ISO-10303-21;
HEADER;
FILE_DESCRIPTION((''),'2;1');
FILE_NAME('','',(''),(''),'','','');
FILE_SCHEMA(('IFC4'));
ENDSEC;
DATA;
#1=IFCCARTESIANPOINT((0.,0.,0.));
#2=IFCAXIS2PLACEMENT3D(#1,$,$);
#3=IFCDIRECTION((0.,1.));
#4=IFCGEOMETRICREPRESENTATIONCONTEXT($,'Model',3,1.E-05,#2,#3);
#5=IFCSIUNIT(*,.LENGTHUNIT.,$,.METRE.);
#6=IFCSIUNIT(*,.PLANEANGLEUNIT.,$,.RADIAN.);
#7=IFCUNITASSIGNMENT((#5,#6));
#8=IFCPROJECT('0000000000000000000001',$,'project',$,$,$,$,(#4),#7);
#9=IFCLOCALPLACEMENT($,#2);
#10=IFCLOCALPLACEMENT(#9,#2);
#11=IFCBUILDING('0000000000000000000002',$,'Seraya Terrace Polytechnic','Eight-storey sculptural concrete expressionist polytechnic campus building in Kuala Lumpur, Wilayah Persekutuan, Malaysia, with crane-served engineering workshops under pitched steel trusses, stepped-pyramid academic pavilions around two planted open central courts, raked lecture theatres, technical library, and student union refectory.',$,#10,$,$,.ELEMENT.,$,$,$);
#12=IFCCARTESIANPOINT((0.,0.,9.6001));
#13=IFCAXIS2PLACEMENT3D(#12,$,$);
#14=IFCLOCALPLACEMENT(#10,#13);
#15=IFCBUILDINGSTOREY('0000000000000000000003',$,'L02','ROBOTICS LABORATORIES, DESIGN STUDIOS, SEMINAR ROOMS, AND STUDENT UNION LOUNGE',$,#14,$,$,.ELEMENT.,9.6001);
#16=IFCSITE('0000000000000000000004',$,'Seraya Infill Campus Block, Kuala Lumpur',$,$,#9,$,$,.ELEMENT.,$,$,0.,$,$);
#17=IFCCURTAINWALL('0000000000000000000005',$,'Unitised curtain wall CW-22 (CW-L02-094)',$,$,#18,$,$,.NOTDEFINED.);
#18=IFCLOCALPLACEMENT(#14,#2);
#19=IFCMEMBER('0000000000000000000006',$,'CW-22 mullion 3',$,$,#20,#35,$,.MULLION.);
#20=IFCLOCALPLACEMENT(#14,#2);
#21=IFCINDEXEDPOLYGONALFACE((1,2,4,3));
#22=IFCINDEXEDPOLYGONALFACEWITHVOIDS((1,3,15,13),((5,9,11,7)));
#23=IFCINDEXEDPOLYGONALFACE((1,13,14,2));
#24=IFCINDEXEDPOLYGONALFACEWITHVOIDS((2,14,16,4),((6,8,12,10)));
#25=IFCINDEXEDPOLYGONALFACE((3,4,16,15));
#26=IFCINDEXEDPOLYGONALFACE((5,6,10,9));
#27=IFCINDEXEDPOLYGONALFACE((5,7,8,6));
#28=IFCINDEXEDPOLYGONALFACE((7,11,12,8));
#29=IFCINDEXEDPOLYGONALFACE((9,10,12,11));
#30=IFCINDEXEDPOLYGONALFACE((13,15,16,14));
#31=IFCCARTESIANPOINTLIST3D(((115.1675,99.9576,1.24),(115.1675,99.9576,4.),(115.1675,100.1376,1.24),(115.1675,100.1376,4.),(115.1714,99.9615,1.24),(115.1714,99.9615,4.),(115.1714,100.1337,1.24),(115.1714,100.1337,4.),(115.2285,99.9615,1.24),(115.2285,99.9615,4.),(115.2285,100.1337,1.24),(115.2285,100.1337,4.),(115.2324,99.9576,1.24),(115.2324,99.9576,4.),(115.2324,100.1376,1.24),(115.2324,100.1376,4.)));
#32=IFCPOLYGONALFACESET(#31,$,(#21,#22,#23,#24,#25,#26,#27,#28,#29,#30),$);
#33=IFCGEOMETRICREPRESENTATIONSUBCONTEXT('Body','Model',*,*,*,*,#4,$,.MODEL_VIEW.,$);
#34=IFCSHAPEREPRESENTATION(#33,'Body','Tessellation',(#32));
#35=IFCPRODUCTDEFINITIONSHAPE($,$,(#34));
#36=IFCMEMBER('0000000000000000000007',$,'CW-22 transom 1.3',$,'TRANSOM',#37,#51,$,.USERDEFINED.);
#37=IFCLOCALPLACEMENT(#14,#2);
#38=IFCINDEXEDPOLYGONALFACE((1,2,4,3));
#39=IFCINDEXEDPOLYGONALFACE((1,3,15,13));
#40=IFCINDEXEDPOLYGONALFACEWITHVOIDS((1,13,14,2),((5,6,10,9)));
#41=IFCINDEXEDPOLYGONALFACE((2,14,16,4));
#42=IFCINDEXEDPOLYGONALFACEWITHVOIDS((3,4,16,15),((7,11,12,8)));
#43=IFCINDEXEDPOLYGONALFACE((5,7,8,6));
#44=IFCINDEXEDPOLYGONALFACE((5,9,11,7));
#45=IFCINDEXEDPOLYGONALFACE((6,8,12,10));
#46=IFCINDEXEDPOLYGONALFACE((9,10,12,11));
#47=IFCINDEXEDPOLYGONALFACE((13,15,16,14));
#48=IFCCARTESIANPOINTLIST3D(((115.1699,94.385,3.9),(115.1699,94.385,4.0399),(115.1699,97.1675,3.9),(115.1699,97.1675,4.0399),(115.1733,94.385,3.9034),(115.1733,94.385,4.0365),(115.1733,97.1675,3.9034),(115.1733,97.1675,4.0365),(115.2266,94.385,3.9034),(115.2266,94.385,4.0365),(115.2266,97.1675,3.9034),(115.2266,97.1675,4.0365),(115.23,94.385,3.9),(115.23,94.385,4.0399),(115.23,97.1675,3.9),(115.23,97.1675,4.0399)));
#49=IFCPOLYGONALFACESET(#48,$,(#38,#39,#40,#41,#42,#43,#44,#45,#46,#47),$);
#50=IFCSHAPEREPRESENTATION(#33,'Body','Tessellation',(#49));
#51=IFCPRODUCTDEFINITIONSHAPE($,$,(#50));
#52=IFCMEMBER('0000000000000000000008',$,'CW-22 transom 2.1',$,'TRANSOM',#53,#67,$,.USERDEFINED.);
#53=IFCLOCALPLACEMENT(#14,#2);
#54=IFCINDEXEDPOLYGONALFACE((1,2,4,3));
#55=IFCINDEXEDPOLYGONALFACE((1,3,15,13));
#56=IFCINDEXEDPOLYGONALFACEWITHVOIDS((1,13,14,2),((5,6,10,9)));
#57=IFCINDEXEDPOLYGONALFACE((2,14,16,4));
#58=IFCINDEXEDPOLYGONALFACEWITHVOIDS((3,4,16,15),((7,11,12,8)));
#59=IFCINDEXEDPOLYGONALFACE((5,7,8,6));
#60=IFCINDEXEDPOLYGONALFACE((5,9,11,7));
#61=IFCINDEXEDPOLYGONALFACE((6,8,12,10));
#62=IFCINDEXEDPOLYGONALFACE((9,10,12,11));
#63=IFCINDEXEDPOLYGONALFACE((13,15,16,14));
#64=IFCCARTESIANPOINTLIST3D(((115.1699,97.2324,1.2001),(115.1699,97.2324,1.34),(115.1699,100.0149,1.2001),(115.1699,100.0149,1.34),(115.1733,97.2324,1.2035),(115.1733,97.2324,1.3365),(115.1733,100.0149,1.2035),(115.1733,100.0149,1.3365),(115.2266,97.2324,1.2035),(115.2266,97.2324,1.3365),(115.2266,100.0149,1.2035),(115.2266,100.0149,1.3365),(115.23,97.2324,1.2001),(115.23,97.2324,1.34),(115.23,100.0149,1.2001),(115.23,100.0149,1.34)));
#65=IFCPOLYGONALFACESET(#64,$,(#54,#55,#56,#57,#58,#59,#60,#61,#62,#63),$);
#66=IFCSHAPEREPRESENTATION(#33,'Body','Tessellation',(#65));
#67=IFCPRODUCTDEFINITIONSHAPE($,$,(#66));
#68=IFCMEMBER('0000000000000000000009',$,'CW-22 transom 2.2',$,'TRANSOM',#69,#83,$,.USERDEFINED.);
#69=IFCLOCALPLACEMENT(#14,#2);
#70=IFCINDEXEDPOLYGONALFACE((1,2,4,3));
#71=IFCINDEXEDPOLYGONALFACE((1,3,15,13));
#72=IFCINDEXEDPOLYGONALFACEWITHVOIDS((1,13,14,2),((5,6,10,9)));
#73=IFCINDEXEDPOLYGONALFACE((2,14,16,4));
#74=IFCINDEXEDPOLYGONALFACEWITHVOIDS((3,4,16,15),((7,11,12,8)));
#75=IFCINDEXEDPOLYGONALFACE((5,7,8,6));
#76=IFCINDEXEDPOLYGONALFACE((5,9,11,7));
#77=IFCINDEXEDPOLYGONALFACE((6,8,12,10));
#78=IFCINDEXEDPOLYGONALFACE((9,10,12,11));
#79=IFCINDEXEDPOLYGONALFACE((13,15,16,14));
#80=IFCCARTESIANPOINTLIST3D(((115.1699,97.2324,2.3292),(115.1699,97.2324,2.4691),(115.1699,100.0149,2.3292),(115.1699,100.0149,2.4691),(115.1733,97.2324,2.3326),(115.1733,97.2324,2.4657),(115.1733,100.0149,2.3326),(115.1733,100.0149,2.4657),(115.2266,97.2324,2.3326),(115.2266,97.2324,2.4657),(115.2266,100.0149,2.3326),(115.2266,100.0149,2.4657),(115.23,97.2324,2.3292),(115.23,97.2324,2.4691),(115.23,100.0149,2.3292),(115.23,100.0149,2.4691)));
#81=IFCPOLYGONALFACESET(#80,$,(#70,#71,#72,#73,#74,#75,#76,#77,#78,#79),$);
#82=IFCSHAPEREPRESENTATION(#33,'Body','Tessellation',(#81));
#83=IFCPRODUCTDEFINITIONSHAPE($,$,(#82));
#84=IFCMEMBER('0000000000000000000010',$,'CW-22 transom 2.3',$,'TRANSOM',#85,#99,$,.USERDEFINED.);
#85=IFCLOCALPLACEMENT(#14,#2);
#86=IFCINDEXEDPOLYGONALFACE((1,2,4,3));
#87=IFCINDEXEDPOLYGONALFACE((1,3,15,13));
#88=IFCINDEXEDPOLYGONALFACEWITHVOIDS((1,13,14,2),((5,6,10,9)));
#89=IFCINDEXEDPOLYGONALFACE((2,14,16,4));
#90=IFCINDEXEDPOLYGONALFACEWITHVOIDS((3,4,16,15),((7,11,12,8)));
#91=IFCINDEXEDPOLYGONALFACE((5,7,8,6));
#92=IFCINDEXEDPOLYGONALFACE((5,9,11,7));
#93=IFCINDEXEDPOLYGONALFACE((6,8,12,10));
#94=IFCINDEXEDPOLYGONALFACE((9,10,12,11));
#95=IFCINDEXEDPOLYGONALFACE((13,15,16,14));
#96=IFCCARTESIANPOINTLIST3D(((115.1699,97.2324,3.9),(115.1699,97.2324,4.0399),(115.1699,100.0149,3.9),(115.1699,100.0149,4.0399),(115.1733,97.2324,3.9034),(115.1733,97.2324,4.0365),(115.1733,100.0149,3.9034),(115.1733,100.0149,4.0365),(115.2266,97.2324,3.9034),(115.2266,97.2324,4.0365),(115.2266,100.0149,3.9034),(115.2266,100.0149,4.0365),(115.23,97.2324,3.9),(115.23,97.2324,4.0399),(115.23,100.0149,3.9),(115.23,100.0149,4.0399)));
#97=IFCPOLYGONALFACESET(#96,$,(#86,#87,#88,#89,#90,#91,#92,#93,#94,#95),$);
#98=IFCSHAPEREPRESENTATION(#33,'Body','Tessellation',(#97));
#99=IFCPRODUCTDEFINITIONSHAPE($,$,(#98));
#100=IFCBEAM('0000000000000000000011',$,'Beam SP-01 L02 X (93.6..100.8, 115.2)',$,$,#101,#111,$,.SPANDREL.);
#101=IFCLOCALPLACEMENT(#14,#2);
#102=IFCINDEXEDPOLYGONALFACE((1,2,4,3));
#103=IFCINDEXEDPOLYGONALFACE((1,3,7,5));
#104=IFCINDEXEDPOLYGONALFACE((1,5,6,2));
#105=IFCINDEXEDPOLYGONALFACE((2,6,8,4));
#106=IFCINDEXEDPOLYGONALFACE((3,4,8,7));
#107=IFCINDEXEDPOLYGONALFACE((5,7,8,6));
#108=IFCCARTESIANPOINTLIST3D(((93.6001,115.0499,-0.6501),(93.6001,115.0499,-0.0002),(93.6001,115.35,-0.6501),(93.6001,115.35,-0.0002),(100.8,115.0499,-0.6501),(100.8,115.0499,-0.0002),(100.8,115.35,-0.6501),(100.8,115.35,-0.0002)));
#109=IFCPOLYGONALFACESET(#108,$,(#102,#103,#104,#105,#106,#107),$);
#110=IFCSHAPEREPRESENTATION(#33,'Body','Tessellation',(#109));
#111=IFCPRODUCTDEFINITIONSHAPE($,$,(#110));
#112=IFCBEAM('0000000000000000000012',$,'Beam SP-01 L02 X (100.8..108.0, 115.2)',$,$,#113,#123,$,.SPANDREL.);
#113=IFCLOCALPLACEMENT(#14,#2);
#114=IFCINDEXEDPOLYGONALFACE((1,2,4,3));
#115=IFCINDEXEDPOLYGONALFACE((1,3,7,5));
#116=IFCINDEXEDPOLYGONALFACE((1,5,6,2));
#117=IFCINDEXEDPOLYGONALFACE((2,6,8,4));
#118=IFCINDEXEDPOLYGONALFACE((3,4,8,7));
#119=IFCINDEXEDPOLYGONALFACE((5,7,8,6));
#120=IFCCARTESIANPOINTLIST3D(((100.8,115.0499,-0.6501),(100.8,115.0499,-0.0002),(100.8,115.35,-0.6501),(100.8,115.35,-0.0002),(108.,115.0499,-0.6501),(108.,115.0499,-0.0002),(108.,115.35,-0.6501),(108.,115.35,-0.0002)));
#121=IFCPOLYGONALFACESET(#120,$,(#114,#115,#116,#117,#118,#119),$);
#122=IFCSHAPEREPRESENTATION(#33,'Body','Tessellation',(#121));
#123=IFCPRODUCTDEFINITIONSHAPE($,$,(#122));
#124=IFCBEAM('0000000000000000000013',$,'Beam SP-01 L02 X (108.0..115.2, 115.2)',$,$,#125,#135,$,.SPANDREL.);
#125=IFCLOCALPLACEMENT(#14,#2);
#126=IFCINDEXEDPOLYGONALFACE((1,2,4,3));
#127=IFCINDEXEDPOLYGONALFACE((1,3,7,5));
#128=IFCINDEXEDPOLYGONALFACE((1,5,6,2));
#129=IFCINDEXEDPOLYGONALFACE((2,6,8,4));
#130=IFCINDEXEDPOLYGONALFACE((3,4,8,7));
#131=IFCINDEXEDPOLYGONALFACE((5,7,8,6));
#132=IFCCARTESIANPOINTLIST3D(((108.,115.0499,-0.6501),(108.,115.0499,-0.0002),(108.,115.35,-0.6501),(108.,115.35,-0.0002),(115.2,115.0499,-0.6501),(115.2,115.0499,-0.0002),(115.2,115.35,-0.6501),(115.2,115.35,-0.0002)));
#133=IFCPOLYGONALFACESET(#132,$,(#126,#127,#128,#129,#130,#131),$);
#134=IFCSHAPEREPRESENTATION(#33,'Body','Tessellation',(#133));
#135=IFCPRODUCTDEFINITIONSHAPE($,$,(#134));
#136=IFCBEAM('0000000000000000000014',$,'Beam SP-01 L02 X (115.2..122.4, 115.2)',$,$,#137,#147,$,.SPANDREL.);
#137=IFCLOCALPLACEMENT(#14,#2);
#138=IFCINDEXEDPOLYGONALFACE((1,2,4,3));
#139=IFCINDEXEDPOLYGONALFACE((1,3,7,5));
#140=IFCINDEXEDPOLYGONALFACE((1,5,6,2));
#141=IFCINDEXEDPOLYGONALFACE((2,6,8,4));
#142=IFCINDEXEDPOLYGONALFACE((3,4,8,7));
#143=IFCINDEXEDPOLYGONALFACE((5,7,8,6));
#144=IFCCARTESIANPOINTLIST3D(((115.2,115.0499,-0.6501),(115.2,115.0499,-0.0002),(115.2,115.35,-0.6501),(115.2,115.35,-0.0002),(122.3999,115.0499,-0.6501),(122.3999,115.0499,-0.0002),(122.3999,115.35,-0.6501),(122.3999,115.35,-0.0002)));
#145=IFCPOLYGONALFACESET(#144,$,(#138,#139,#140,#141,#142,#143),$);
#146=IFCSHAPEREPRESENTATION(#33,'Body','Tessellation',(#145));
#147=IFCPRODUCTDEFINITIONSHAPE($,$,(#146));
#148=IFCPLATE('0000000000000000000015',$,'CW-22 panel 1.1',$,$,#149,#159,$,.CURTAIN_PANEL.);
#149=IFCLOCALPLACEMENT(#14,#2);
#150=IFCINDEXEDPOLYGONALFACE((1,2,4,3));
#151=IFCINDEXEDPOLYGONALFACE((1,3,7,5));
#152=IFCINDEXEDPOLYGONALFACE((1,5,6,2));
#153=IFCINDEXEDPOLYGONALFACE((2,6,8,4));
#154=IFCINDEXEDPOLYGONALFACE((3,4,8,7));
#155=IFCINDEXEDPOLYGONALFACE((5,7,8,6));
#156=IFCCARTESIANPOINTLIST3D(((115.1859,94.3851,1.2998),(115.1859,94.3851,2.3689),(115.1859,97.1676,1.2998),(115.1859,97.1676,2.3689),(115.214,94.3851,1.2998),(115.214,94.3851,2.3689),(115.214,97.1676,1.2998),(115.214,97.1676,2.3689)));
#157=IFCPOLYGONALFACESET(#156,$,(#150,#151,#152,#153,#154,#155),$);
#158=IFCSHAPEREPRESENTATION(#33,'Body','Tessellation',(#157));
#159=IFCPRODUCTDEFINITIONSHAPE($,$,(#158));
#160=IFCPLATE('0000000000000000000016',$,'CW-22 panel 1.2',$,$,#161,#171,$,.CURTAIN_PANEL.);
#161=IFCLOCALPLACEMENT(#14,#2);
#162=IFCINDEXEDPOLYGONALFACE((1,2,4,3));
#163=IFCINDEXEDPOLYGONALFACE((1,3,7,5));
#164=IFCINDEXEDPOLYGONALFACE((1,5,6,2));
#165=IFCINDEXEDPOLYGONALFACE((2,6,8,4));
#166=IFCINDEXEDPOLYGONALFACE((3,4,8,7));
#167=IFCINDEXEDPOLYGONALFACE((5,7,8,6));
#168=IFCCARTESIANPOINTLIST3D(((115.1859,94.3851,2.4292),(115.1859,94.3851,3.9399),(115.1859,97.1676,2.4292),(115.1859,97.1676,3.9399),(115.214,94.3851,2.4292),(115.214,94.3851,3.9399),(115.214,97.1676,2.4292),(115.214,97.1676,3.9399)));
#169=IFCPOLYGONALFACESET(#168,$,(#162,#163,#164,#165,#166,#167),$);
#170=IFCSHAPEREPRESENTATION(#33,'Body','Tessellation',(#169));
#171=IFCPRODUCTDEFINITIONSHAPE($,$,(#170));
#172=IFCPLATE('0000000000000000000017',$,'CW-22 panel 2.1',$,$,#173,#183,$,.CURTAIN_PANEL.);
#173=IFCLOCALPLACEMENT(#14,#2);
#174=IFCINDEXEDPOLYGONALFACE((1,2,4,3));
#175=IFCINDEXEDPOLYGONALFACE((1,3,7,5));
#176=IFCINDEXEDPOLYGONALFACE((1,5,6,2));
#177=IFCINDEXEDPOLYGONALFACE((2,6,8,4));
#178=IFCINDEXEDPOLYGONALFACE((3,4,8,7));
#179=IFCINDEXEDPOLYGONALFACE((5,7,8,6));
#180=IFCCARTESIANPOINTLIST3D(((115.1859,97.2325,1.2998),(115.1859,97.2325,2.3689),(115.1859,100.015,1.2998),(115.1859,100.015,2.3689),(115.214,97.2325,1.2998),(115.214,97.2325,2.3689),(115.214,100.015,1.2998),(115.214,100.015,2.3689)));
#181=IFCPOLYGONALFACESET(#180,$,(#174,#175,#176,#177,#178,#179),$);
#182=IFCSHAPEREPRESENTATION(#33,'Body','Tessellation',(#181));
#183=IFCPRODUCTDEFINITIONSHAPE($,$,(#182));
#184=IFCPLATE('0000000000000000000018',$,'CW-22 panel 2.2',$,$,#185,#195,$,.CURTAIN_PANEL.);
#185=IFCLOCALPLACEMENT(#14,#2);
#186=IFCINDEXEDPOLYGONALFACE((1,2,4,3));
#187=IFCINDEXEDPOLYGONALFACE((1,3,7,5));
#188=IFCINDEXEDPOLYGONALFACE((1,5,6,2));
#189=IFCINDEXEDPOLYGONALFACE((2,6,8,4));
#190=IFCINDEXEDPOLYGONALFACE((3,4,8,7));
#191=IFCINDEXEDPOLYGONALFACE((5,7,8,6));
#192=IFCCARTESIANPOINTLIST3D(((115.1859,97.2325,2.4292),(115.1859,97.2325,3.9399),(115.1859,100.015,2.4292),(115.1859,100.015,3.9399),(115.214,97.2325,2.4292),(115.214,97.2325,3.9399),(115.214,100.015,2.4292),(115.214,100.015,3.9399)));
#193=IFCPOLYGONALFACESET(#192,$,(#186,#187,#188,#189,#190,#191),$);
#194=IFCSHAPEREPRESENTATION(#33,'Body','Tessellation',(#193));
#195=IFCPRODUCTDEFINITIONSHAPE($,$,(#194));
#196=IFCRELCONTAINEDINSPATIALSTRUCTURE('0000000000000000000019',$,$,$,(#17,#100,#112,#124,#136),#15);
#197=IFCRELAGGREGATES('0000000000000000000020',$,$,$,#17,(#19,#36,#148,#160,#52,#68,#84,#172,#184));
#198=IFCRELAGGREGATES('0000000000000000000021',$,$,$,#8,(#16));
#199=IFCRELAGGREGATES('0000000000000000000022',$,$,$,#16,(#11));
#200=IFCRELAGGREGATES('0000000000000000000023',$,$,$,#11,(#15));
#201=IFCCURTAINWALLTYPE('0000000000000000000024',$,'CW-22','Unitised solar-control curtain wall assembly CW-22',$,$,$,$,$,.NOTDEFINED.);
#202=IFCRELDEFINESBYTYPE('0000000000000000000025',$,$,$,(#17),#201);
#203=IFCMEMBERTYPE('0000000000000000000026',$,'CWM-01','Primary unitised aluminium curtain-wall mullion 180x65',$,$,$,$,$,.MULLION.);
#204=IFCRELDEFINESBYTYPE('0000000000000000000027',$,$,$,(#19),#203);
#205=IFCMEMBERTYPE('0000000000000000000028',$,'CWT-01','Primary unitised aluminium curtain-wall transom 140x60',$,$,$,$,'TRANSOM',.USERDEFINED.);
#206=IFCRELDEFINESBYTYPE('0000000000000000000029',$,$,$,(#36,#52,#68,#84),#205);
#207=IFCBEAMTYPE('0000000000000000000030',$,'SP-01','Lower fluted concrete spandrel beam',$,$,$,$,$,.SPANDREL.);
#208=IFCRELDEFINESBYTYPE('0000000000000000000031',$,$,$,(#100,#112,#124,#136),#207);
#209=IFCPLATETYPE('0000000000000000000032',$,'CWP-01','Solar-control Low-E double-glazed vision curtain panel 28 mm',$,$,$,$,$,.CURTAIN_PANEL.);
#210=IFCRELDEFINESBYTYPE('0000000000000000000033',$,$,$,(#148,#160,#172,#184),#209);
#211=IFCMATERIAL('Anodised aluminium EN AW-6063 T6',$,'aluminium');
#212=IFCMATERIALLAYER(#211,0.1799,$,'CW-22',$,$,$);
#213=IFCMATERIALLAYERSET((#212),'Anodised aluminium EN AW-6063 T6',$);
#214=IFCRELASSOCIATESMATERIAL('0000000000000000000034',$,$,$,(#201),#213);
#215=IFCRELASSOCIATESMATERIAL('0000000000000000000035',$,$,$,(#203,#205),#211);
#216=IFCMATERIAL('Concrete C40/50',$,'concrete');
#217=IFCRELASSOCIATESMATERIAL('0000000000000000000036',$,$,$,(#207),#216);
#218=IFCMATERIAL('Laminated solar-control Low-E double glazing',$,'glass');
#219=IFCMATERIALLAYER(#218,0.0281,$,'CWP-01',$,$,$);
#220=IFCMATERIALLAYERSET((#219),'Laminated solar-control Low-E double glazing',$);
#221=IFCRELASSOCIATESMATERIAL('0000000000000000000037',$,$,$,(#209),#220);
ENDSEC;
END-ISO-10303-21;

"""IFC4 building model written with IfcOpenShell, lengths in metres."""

from ifc_helpers import new_model, si_unit, direction, frame, origin, origin_2d, place, context, subcontext, project, spatial, rectangle, hollow_rectangle, extrude, material, layer, layer_set, material_profile, profile_set, type_object, element, aggregate, save


model = new_model("IFC4")

# Units and contexts
model_context = context("Model", 3, precision=1e-05, world=origin(), true_north=direction((0.0, 1.0)))
body_context = subcontext(model_context, "Body", "Model", "MODEL_VIEW")
ifc_project = project(units=[si_unit("LENGTHUNIT", "METRE"), si_unit("PLANEANGLEUNIT", "RADIAN")], contexts=[model_context])

# Site, building, storey
site_placement = place(None, origin())
site = spatial("IfcSite", under=ifc_project, at=site_placement, Name="Seraya Infill Campus Block, Kuala Lumpur", CompositionType="ELEMENT", RefElevation=0.0)
building_placement = place(site_placement, origin())
building = spatial("IfcBuilding", under=site, at=building_placement, Name="Seraya Terrace Polytechnic", Description="Eight-storey sculptural concrete expressionist polytechnic campus building in Kuala Lumpur, Wilayah Persekutuan, Malaysia, with crane-served engineering workshops under pitched steel trusses, stepped-pyramid academic pavilions around two planted open central courts, raked lecture theatres, technical library, and student union refectory.", CompositionType="ELEMENT")
storey_placement = place(building_placement, frame((0.0, 0.0, 9.6001)))
storey = spatial("IfcBuildingStorey", under=building, at=storey_placement, Name="L02", Description="ROBOTICS LABORATORIES, DESIGN STUDIOS, SEMINAR ROOMS, AND STUDENT UNION LOUNGE", CompositionType="ELEMENT", Elevation=9.6001)

# Shared definitions
ifc_material_1 = material(Name="Concrete C40/50", Category="concrete")

# Curtain wall, members
ifc_material_2 = material(Name="Anodised aluminium EN AW-6063 T6", Category="aluminium")
ifc_layer_1 = layer(ifc_material_2, 0.1799, Name="CW-22")
ifc_layer_set_1 = layer_set([ifc_layer_1], Name="Anodised aluminium EN AW-6063 T6")
curtain_wall_type = type_object("IfcCurtainWallType", Name="CW-22", Description="Unitised solar-control curtain wall assembly CW-22", PredefinedType="NOTDEFINED", material=ifc_layer_set_1)
curtain_wall_placement = place(storey_placement, origin())
curtain_wall = element("IfcCurtainWall", 1, at=curtain_wall_placement, inside=storey, type_object=curtain_wall_type, Name="Unitised curtain wall CW-22 (CW-L02-094)", PredefinedType="NOTDEFINED")
ifc_material_profile_1 = material_profile(ifc_material_2, hollow_rectangle(XDim=0.0649, YDim=0.1799, WallThickness=0.0039, at=origin_2d()), Name="RHS 180x65x4.0")
ifc_profile_set_1 = profile_set([ifc_material_profile_1], Name="Anodised aluminium EN AW-6063 T6")
member_type_1 = type_object("IfcMemberType", Name="CWM-01", Description="Primary unitised aluminium curtain-wall mullion 180x65", PredefinedType="MULLION", material=ifc_profile_set_1)
member_1_placement = place(storey_placement, frame((115.2, 100.0476, 1.24), z_axis=(0.0, 0.0, 1.0), x_axis=(-1.0, 0.0, 0.0)))
member_1 = element("IfcMember", 2, at=member_1_placement, type_object=member_type_1, Name="CW-22 mullion 3", PredefinedType="MULLION", context=body_context, shape_type="SweptSolid", body=[
    extrude(hollow_rectangle(XDim=0.0649, YDim=0.1799, WallThickness=0.0039, at=origin_2d()), origin(), (0.0, 0.0, 1.0), 2.76),
])
ifc_material_profile_2 = material_profile(ifc_material_2, hollow_rectangle(XDim=0.0601, YDim=0.1399, WallThickness=0.0034, at=origin_2d()), Name="RHS 140x60x3.5")
ifc_profile_set_2 = profile_set([ifc_material_profile_2], Name="Anodised aluminium EN AW-6063 T6")
member_type_2 = type_object("IfcMemberType", Name="CWT-01", Description="Primary unitised aluminium curtain-wall transom 140x60", ElementType="TRANSOM", PredefinedType="USERDEFINED", material=ifc_profile_set_2)
member_2_placement = place(storey_placement, frame((115.2, 94.385, 3.97), z_axis=(0.0, 1.0, 0.0), x_axis=(-1.0, 0.0, 0.0)))
member_2 = element("IfcMember", 3, at=member_2_placement, type_object=member_type_2, Name="CW-22 transom 1.3", ObjectType="TRANSOM", PredefinedType="USERDEFINED", context=body_context, shape_type="SweptSolid", body=[
    extrude(hollow_rectangle(XDim=0.0601, YDim=0.1399, WallThickness=0.0034, at=origin_2d()), origin(), (0.0, 0.0, 1.0), 2.7825),
])
member_3_placement = place(storey_placement, frame((115.2, 97.2324, 1.27), z_axis=(0.0, 1.0, 0.0), x_axis=(-1.0, 0.0, 0.0)))
member_3 = element("IfcMember", 4, at=member_3_placement, type_object=member_type_2, Name="CW-22 transom 2.1", ObjectType="TRANSOM", PredefinedType="USERDEFINED", context=body_context, shape_type="SweptSolid", body=[
    extrude(hollow_rectangle(XDim=0.0601, YDim=0.1399, WallThickness=0.0034, at=origin_2d()), origin(), (0.0, 0.0, 1.0), 2.7825),
])
member_4_placement = place(storey_placement, frame((115.2, 97.2324, 2.3992), z_axis=(0.0, 1.0, 0.0), x_axis=(-1.0, 0.0, 0.0)))
member_4 = element("IfcMember", 5, at=member_4_placement, type_object=member_type_2, Name="CW-22 transom 2.2", ObjectType="TRANSOM", PredefinedType="USERDEFINED", context=body_context, shape_type="SweptSolid", body=[
    extrude(hollow_rectangle(XDim=0.0601, YDim=0.1399, WallThickness=0.0034, at=origin_2d()), origin(), (0.0, 0.0, 1.0), 2.7825),
])
member_5_placement = place(storey_placement, frame((115.2, 97.2324, 3.97), z_axis=(0.0, 1.0, 0.0), x_axis=(-1.0, 0.0, 0.0)))
member_5 = element("IfcMember", 6, at=member_5_placement, type_object=member_type_2, Name="CW-22 transom 2.3", ObjectType="TRANSOM", PredefinedType="USERDEFINED", context=body_context, shape_type="SweptSolid", body=[
    extrude(hollow_rectangle(XDim=0.0601, YDim=0.1399, WallThickness=0.0034, at=origin_2d()), origin(), (0.0, 0.0, 1.0), 2.7825),
])

# Beams
ifc_material_profile_3 = material_profile(ifc_material_1, rectangle(XDim=0.3, YDim=0.6499, at=origin_2d()), Name="RC 300x650")
ifc_profile_set_3 = profile_set([ifc_material_profile_3], Name="Concrete C40/50")
beam_type_1 = type_object("IfcBeamType", Name="SP-01", Description="Lower fluted concrete spandrel beam", PredefinedType="SPANDREL", material=ifc_profile_set_3)
for number, where, z_axis, x_axis, name in (
    (7, (93.6001, 115.2, -0.3252), (1.0, 0.0, 0.0), (0.0, 1.0, 0.0), "Beam SP-01 L02 X (93.6..100.8, 115.2)"),
    (8, (100.8, 115.2, -0.3252), (1.0, 0.0, 0.0), (0.0, 1.0, 0.0), "Beam SP-01 L02 X (100.8..108.0, 115.2)"),
    (9, (108.0, 115.2, -0.3252), (1.0, 0.0, 0.0), (0.0, 1.0, 0.0), "Beam SP-01 L02 X (108.0..115.2, 115.2)"),
    (10, (115.2, 115.2, -0.3252), (1.0, 0.0, 0.0), (0.0, 1.0, 0.0), "Beam SP-01 L02 X (115.2..122.4, 115.2)"),
):
    element("IfcBeam", number, at=place(storey_placement, frame(where, z_axis=z_axis, x_axis=x_axis)), inside=storey, type_object=beam_type_1, Name=name, PredefinedType="SPANDREL", context=body_context, shape_type="SweptSolid", body=[
        extrude(rectangle(XDim=0.3, YDim=0.6499, at=origin_2d()), origin(), (0.0, 0.0, 1.0), 7.2),
    ])

# Plates
ifc_material_3 = material(Name="Laminated solar-control Low-E double glazing", Category="glass")
ifc_layer_2 = layer(ifc_material_3, 0.0281, Name="CWP-01")
ifc_layer_set_2 = layer_set([ifc_layer_2], Name="Laminated solar-control Low-E double glazing")
plate_type_1 = type_object("IfcPlateType", Name="CWP-01", Description="Solar-control Low-E double-glazed vision curtain panel 28 mm", PredefinedType="CURTAIN_PANEL", material=ifc_layer_set_2)
plate_1_placement = place(storey_placement, frame((115.2, 95.7764, 1.2998), z_axis=(0.0, 0.0, 1.0), x_axis=(0.0, 1.0, 0.0)))
plate_1 = element("IfcPlate", 11, at=plate_1_placement, type_object=plate_type_1, Name="CW-22 panel 1.1", PredefinedType="CURTAIN_PANEL", context=body_context, shape_type="SweptSolid", body=[
    extrude(rectangle(XDim=2.7825, YDim=0.0281, at=origin_2d()), origin(), (0.0, 0.0, 1.0), 1.0691),
])
plate_2_placement = place(storey_placement, frame((115.2, 95.7764, 2.4292), z_axis=(0.0, 0.0, 1.0), x_axis=(0.0, 1.0, 0.0)))
plate_2 = element("IfcPlate", 12, at=plate_2_placement, type_object=plate_type_1, Name="CW-22 panel 1.2", PredefinedType="CURTAIN_PANEL", context=body_context, shape_type="SweptSolid", body=[
    extrude(rectangle(XDim=2.7825, YDim=0.0281, at=origin_2d()), origin(), (0.0, 0.0, 1.0), 1.5107),
])
plate_3_placement = place(storey_placement, frame((115.2, 98.6238, 1.2998), z_axis=(0.0, 0.0, 1.0), x_axis=(0.0, 1.0, 0.0)))
plate_3 = element("IfcPlate", 13, at=plate_3_placement, type_object=plate_type_1, Name="CW-22 panel 2.1", PredefinedType="CURTAIN_PANEL", context=body_context, shape_type="SweptSolid", body=[
    extrude(rectangle(XDim=2.7825, YDim=0.0281, at=origin_2d()), origin(), (0.0, 0.0, 1.0), 1.0691),
])
plate_4_placement = place(storey_placement, frame((115.2, 98.6238, 2.4292), z_axis=(0.0, 0.0, 1.0), x_axis=(0.0, 1.0, 0.0)))
plate_4 = element("IfcPlate", 14, at=plate_4_placement, type_object=plate_type_1, Name="CW-22 panel 2.2", PredefinedType="CURTAIN_PANEL", context=body_context, shape_type="SweptSolid", body=[
    extrude(rectangle(XDim=2.7825, YDim=0.0281, at=origin_2d()), origin(), (0.0, 0.0, 1.0), 1.5107),
])
aggregate(curtain_wall, [member_1, member_2, plate_1, plate_2, member_3, member_4, member_5, plate_3, plate_4])

save(model, "model.ifc")
